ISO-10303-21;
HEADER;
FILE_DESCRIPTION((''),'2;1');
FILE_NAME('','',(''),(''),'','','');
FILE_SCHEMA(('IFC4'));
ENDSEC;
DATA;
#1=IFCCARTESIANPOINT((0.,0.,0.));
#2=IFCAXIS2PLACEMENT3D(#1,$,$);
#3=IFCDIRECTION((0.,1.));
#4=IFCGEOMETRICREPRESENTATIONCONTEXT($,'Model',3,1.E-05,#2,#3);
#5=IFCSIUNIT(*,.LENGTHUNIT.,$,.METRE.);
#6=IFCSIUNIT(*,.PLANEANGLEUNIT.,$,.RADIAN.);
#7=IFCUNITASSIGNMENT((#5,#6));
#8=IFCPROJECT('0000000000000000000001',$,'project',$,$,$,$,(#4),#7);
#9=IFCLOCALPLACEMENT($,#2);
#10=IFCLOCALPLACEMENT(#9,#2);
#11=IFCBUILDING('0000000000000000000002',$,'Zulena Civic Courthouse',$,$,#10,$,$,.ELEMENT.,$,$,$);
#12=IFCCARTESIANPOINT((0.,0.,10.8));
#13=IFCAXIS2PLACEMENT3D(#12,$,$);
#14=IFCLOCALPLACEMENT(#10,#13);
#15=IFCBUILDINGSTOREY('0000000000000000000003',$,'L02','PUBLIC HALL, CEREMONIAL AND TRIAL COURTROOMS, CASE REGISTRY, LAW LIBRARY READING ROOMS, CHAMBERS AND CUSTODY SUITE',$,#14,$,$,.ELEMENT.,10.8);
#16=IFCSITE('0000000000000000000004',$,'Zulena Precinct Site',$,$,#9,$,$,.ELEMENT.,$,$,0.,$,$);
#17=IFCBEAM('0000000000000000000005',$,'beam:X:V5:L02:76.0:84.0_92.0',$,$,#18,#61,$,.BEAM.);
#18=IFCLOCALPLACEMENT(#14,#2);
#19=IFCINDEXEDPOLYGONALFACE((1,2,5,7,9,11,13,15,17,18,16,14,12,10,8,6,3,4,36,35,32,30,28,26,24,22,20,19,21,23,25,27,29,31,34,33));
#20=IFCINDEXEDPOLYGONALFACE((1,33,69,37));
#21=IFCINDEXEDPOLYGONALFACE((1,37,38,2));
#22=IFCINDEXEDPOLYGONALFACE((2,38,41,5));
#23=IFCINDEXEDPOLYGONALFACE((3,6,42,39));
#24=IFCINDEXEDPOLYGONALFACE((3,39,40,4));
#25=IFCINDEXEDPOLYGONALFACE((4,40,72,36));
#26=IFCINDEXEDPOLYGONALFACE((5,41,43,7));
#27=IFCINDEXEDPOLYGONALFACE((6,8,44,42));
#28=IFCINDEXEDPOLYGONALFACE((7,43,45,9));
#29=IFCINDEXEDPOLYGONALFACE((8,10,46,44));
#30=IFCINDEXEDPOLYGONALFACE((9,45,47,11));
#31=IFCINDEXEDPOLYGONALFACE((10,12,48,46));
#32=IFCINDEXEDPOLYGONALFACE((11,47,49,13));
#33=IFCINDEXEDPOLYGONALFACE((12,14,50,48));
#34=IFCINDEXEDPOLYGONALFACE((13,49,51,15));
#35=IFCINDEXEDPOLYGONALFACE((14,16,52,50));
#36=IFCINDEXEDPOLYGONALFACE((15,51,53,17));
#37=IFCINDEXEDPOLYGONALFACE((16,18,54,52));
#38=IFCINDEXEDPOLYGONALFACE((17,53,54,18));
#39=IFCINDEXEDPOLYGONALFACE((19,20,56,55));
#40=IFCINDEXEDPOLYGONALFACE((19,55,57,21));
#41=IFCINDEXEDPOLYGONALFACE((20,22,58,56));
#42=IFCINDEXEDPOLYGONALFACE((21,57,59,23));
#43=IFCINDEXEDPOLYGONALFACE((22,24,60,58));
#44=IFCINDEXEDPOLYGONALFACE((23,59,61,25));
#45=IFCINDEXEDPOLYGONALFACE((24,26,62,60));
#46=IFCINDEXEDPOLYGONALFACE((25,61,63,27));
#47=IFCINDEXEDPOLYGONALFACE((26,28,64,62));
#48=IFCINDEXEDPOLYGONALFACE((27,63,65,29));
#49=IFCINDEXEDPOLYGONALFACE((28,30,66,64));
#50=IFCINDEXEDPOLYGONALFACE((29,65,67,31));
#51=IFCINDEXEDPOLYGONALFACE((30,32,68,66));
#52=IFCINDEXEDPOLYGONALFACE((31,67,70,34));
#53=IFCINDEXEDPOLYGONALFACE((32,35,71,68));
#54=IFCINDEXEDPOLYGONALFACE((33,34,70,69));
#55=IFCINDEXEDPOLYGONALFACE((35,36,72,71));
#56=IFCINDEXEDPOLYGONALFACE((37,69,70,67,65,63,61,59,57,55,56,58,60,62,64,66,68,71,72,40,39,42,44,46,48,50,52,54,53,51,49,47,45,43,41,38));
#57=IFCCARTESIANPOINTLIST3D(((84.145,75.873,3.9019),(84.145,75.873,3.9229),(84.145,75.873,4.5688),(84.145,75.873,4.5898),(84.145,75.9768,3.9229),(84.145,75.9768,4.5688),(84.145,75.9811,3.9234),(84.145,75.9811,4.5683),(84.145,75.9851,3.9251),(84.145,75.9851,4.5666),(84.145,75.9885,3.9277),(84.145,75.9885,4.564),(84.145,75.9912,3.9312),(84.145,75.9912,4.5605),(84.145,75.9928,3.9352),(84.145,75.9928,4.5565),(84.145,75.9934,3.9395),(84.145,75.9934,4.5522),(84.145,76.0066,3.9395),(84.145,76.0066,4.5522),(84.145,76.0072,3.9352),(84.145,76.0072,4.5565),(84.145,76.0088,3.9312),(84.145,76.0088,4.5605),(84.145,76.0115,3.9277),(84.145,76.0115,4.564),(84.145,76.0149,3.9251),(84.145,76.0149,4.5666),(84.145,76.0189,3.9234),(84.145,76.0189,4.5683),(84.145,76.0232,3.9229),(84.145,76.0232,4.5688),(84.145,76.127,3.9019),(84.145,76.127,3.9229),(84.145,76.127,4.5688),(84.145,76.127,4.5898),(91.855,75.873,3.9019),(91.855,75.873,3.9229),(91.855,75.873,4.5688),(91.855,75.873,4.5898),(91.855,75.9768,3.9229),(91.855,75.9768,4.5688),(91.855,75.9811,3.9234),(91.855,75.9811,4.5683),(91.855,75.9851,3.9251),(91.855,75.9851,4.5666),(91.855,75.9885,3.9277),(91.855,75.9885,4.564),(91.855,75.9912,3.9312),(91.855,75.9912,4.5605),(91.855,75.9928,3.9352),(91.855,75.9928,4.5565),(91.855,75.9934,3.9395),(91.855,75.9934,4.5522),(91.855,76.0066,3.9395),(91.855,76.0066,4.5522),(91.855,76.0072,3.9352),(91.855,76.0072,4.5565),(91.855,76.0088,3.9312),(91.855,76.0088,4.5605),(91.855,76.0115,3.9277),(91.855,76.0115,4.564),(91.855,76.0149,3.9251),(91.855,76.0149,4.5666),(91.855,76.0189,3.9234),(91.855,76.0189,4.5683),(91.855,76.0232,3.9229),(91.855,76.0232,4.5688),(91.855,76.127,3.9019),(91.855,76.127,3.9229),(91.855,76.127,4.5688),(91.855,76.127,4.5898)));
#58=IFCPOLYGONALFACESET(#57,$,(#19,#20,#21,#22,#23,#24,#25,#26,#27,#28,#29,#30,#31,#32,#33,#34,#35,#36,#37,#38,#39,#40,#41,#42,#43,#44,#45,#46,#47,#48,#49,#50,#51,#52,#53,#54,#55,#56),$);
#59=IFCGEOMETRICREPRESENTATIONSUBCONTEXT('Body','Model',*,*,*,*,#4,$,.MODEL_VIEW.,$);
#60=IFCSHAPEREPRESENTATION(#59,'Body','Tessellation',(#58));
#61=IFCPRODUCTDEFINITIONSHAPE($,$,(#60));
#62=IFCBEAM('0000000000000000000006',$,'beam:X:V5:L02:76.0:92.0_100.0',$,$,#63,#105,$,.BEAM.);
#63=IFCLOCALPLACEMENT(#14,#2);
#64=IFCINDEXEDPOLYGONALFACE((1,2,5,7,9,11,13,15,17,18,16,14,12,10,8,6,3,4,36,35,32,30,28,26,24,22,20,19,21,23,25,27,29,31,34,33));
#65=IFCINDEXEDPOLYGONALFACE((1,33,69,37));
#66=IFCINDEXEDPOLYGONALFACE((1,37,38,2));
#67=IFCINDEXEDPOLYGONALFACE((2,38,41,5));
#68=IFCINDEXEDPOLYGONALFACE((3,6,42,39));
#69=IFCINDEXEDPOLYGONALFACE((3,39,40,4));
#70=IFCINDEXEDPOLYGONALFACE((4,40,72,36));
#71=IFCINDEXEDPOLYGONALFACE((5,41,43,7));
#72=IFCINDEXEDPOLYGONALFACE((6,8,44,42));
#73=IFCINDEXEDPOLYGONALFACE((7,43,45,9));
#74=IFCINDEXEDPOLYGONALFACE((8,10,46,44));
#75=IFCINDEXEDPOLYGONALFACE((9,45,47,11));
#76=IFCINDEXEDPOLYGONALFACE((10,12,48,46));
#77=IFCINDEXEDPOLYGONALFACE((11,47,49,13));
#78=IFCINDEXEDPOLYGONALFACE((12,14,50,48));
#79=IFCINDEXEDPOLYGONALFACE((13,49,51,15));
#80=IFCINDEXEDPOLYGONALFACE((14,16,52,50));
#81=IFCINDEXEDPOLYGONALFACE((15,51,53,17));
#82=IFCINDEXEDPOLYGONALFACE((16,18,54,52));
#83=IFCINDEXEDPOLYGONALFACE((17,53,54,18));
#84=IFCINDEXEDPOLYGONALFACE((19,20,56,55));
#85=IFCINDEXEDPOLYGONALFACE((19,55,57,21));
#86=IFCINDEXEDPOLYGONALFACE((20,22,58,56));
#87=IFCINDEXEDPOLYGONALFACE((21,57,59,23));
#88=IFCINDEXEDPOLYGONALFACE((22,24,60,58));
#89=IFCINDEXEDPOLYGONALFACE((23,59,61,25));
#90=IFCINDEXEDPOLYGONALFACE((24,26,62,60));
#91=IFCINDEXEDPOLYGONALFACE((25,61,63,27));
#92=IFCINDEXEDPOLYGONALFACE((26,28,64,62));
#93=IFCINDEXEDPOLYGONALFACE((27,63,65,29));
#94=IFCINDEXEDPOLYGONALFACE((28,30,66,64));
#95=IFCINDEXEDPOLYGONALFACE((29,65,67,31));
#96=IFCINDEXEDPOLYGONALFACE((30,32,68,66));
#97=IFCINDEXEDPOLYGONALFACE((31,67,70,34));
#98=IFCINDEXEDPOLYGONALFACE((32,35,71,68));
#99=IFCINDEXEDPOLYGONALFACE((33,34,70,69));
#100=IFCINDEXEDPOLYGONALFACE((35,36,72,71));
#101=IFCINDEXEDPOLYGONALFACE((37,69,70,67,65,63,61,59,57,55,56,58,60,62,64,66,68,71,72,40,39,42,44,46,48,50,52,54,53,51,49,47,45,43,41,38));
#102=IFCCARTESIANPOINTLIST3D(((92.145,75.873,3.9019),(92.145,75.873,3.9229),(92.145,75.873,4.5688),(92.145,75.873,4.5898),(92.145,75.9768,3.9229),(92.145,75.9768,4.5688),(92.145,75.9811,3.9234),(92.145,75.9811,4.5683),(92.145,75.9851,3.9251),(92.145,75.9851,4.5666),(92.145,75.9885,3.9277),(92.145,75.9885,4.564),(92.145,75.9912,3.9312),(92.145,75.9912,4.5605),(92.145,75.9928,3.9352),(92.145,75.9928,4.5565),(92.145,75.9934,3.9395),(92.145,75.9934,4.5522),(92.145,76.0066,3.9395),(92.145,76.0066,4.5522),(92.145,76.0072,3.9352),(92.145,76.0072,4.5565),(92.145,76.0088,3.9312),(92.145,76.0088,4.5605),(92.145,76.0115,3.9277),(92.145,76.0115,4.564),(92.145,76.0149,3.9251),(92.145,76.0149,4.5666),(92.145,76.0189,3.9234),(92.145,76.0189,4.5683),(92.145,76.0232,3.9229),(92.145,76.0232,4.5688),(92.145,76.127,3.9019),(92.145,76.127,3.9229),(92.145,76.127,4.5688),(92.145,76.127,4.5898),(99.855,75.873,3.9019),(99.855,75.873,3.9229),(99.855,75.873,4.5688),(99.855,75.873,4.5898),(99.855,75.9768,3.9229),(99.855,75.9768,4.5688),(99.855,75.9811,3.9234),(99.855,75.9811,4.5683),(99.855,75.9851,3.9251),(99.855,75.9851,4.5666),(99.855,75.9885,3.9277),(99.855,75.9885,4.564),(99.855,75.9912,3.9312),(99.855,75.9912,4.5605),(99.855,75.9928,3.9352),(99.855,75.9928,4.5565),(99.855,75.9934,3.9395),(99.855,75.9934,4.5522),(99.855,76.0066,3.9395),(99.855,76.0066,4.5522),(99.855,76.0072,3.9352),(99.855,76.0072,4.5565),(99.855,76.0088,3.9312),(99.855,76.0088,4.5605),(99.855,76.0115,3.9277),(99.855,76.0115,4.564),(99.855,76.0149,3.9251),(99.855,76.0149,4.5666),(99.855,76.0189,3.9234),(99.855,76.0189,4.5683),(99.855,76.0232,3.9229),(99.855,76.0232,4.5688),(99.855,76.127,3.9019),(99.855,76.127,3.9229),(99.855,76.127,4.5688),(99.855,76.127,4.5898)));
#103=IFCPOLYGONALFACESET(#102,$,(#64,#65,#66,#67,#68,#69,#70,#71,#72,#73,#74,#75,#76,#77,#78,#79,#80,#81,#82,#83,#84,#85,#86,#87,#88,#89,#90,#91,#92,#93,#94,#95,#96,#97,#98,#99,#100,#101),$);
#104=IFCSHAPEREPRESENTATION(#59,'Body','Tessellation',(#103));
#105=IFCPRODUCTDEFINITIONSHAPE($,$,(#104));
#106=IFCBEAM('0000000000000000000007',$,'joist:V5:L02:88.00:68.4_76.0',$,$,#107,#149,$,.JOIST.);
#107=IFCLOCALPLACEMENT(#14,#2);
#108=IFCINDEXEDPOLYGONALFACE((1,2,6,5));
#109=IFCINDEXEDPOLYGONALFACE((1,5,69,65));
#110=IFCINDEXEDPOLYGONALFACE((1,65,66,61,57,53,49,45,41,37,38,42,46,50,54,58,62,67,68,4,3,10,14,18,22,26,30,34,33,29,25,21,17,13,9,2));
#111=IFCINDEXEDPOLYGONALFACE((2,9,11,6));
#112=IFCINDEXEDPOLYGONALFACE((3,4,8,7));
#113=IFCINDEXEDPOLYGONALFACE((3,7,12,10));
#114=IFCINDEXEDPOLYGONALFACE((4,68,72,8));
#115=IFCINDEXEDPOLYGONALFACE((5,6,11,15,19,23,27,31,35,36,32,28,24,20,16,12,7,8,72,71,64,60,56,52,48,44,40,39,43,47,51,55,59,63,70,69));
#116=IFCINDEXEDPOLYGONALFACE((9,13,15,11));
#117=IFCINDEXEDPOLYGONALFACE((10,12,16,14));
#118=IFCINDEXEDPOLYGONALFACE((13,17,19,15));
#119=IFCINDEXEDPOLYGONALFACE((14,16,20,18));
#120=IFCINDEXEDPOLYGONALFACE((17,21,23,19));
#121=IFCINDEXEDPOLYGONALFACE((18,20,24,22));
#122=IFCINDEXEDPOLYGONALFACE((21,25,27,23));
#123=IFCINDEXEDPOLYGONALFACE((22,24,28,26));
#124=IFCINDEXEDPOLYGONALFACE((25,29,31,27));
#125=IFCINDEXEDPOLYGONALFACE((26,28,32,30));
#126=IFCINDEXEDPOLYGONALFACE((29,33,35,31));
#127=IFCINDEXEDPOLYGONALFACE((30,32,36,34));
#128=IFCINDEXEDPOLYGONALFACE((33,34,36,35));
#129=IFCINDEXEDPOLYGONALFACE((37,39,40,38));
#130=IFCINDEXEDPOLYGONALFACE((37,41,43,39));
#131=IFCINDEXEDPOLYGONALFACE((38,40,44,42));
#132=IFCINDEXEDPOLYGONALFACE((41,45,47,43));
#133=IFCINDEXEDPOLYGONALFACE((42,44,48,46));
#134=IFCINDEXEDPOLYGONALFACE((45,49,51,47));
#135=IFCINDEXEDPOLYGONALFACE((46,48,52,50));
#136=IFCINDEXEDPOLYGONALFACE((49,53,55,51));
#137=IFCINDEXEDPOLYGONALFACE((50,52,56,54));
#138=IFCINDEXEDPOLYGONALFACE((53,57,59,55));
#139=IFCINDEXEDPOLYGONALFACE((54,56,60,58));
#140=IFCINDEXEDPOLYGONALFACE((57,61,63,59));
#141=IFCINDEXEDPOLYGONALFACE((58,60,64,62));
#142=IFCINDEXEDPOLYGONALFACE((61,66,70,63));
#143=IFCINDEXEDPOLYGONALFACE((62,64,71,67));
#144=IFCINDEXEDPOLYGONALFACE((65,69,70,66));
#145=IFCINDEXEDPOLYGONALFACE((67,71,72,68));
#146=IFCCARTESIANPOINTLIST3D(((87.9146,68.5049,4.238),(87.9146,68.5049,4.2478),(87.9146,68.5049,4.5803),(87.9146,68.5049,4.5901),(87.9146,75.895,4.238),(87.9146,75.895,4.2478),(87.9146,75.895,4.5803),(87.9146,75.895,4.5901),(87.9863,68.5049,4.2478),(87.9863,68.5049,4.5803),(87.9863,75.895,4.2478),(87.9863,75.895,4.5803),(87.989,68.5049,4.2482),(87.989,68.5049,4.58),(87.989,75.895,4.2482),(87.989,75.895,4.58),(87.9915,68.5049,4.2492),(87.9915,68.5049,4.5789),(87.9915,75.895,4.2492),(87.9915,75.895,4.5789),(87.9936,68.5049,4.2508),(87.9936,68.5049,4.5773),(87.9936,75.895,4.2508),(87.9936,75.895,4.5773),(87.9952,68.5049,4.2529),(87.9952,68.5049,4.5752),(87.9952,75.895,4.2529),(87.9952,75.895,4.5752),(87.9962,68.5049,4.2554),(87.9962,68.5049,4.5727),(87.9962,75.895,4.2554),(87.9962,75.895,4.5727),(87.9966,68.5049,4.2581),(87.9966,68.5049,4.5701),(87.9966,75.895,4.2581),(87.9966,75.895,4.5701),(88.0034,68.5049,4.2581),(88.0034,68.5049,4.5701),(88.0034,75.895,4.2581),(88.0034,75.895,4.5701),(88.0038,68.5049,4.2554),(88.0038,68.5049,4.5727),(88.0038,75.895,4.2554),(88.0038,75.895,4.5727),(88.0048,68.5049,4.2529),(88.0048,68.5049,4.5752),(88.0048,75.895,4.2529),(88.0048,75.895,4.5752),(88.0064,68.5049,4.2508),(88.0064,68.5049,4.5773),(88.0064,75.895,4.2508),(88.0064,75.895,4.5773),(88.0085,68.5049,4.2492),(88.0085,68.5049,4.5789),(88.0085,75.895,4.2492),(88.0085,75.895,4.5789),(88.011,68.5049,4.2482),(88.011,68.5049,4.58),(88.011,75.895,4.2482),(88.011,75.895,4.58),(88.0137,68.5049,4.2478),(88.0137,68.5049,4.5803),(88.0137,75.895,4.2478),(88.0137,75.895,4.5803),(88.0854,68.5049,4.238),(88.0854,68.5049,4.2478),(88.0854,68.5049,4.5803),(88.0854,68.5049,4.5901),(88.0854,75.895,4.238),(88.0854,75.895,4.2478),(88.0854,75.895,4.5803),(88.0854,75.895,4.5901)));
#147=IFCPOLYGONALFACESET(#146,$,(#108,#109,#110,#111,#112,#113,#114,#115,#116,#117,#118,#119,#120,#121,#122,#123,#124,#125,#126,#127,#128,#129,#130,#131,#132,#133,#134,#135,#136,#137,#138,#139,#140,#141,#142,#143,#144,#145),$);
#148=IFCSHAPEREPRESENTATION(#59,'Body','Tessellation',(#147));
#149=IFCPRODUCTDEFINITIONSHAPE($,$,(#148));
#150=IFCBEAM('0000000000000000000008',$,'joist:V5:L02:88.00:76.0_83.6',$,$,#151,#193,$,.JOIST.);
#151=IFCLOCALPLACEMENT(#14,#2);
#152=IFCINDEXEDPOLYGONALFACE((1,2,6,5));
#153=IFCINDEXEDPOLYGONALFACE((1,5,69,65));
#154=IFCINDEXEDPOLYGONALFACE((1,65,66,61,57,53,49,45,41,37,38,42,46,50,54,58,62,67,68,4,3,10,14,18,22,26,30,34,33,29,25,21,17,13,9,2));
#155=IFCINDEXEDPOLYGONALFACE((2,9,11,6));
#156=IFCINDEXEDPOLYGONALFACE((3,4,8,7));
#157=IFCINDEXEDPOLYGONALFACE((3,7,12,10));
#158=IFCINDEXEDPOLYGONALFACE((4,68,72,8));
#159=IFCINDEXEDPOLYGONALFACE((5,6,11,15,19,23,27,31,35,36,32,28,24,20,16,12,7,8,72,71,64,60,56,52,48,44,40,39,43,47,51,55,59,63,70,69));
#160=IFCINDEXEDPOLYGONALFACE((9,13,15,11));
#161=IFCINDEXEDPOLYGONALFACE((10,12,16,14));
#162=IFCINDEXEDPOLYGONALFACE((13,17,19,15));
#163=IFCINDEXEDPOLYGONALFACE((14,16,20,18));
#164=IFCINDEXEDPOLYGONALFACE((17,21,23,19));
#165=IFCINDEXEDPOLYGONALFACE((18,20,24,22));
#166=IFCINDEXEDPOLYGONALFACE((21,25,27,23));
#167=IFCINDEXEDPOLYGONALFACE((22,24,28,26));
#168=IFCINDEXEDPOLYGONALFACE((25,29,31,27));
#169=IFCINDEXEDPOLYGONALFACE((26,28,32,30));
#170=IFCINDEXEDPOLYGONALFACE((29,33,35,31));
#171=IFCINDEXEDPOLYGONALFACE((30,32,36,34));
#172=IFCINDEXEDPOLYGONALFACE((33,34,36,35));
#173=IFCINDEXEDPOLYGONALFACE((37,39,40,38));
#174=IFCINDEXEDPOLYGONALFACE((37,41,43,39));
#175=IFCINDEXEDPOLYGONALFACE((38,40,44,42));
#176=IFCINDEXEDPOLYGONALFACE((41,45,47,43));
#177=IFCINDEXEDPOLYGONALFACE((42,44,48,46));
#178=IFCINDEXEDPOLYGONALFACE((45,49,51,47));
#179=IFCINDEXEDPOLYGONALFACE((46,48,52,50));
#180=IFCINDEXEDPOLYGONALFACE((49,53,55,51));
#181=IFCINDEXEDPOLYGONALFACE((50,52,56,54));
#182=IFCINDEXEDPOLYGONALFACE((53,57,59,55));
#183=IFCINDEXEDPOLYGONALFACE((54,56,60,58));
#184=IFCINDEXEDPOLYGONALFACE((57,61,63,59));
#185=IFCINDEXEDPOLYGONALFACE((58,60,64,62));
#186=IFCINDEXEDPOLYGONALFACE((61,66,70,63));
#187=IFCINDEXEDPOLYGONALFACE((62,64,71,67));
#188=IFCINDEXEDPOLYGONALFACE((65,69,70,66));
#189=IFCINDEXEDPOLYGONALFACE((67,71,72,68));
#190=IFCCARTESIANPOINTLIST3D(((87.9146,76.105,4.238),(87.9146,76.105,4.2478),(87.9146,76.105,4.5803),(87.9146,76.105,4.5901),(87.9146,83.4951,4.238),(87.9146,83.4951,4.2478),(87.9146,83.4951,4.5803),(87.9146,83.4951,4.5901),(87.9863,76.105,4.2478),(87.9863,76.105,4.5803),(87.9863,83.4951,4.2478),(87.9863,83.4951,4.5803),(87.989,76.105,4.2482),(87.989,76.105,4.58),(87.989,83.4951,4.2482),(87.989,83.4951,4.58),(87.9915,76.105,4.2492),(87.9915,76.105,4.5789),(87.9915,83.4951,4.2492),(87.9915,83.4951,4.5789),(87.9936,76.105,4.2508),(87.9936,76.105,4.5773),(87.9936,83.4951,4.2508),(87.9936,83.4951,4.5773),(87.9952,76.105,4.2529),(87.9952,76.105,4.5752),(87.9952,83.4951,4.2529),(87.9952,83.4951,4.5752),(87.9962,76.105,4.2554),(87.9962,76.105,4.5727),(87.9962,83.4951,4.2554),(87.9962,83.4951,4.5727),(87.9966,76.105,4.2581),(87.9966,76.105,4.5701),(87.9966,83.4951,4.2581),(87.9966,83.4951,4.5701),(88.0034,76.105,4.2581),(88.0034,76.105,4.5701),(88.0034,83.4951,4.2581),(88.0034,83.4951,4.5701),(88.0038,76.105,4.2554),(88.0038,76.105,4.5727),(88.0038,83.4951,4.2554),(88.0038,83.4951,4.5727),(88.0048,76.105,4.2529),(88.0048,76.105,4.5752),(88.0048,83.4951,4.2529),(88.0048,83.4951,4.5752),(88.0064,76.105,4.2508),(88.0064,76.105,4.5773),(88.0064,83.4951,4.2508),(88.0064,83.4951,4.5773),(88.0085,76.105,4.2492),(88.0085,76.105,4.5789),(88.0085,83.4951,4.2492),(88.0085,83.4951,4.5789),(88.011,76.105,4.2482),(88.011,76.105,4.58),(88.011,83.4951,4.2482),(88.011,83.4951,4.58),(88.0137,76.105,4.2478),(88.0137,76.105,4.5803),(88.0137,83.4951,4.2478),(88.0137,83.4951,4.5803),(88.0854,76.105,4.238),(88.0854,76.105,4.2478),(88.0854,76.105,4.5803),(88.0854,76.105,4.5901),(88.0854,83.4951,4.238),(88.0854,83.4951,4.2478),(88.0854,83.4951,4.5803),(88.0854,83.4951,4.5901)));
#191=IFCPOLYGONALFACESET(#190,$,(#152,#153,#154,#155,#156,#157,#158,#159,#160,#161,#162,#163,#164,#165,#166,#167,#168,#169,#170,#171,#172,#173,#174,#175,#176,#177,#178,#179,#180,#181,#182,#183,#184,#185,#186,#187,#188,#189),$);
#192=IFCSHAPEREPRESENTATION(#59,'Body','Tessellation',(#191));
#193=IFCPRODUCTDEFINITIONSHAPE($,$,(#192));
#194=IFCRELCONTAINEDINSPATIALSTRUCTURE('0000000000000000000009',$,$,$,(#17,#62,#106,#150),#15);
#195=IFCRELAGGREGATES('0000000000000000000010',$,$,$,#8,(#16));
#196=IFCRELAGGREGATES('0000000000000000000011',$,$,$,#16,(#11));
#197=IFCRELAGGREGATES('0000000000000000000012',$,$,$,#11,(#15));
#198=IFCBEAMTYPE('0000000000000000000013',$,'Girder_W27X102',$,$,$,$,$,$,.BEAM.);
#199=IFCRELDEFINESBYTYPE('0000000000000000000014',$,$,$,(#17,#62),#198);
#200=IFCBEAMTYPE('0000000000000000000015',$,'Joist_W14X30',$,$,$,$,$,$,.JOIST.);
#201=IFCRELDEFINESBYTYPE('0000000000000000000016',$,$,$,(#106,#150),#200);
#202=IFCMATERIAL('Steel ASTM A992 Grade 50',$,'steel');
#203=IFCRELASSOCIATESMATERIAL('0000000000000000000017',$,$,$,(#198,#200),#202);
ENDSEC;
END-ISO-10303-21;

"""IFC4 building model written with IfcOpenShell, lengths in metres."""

from ifc_helpers import new_model, si_unit, direction, frame, origin, origin_2d, place, context, subcontext, project, spatial, i_section, extrude, material, material_profile, profile_set, type_object, element, save


model = new_model("IFC4")

# Units and contexts
model_context = context("Model", 3, precision=1e-05, world=origin(), true_north=direction((0.0, 1.0)))
body_context = subcontext(model_context, "Body", "Model", "MODEL_VIEW")
ifc_project = project(units=[si_unit("LENGTHUNIT", "METRE"), si_unit("PLANEANGLEUNIT", "RADIAN")], contexts=[model_context])

# Site, building, storey
site_placement = place(None, origin())
site = spatial("IfcSite", under=ifc_project, at=site_placement, Name="Zulena Precinct Site", CompositionType="ELEMENT", RefElevation=0.0)
building_placement = place(site_placement, origin())
building = spatial("IfcBuilding", under=site, at=building_placement, Name="Zulena Civic Courthouse", CompositionType="ELEMENT")
storey_placement = place(building_placement, frame((0.0, 0.0, 10.8)))
storey = spatial("IfcBuildingStorey", under=building, at=storey_placement, Name="L02", Description="PUBLIC HALL, CEREMONIAL AND TRIAL COURTROOMS, CASE REGISTRY, LAW LIBRARY READING ROOMS, CHAMBERS AND CUSTODY SUITE", CompositionType="ELEMENT", Elevation=10.8)

# Shared definitions
ifc_material_1 = material(Name="Steel ASTM A992 Grade 50", Category="steel")

# Beams
ifc_material_profile_1 = material_profile(ifc_material_1, i_section(OverallWidth=0.2539, OverallDepth=0.688, WebThickness=0.0132, FlangeThickness=0.021, FilletRadius=0.0166, at=origin_2d()), Name="W27X102")
ifc_profile_set_1 = profile_set([ifc_material_profile_1], Name="Steel ASTM A992 Grade 50")
beam_type_1 = type_object("IfcBeamType", Name="Girder_W27X102", PredefinedType="BEAM", material=ifc_profile_set_1)
for number, where, z_axis, x_axis, name in (
    (1, (84.145, 76.0, 4.2458), (1.0, 0.0, 0.0), (0.0, 1.0, 0.0), "beam:X:V5:L02:76.0:84.0_92.0"),
    (2, (92.145, 76.0, 4.2458), (1.0, 0.0, 0.0), (0.0, 1.0, 0.0), "beam:X:V5:L02:76.0:92.0_100.0"),
):
    element("IfcBeam", number, at=place(storey_placement, frame(where, z_axis=z_axis, x_axis=x_axis)), inside=storey, type_object=beam_type_1, Name=name, PredefinedType="BEAM", context=body_context, shape_type="SweptSolid", body=[
        extrude(i_section(OverallWidth=0.2539, OverallDepth=0.688, WebThickness=0.0132, FlangeThickness=0.021, FilletRadius=0.0166, at=origin_2d()), origin(), (0.0, 0.0, 1.0), 7.71),
    ])
ifc_material_profile_2 = material_profile(ifc_material_1, i_section(OverallWidth=0.1709, OverallDepth=0.3521, WebThickness=0.0068, FlangeThickness=0.0098, FilletRadius=0.0103, at=origin_2d()), Name="W14X30")
ifc_profile_set_2 = profile_set([ifc_material_profile_2], Name="Steel ASTM A992 Grade 50")
beam_type_2 = type_object("IfcBeamType", Name="Joist_W14X30", PredefinedType="JOIST", material=ifc_profile_set_2)
for number, where, z_axis, x_axis, name in (
    (3, (88.0, 68.5049, 4.4141), (0.0, 1.0, 0.0), (-1.0, 0.0, 0.0), "joist:V5:L02:88.00:68.4_76.0"),
    (4, (88.0, 76.105, 4.4141), (0.0, 1.0, 0.0), (-1.0, 0.0, 0.0), "joist:V5:L02:88.00:76.0_83.6"),
):
    element("IfcBeam", number, at=place(storey_placement, frame(where, z_axis=z_axis, x_axis=x_axis)), inside=storey, type_object=beam_type_2, Name=name, PredefinedType="JOIST", context=body_context, shape_type="SweptSolid", body=[
        extrude(i_section(OverallWidth=0.1709, OverallDepth=0.3521, WebThickness=0.0068, FlangeThickness=0.0098, FilletRadius=0.0103, at=origin_2d()), origin(), (0.0, 0.0, 1.0), 7.3901),
    ])

save(model, "model.ifc")
